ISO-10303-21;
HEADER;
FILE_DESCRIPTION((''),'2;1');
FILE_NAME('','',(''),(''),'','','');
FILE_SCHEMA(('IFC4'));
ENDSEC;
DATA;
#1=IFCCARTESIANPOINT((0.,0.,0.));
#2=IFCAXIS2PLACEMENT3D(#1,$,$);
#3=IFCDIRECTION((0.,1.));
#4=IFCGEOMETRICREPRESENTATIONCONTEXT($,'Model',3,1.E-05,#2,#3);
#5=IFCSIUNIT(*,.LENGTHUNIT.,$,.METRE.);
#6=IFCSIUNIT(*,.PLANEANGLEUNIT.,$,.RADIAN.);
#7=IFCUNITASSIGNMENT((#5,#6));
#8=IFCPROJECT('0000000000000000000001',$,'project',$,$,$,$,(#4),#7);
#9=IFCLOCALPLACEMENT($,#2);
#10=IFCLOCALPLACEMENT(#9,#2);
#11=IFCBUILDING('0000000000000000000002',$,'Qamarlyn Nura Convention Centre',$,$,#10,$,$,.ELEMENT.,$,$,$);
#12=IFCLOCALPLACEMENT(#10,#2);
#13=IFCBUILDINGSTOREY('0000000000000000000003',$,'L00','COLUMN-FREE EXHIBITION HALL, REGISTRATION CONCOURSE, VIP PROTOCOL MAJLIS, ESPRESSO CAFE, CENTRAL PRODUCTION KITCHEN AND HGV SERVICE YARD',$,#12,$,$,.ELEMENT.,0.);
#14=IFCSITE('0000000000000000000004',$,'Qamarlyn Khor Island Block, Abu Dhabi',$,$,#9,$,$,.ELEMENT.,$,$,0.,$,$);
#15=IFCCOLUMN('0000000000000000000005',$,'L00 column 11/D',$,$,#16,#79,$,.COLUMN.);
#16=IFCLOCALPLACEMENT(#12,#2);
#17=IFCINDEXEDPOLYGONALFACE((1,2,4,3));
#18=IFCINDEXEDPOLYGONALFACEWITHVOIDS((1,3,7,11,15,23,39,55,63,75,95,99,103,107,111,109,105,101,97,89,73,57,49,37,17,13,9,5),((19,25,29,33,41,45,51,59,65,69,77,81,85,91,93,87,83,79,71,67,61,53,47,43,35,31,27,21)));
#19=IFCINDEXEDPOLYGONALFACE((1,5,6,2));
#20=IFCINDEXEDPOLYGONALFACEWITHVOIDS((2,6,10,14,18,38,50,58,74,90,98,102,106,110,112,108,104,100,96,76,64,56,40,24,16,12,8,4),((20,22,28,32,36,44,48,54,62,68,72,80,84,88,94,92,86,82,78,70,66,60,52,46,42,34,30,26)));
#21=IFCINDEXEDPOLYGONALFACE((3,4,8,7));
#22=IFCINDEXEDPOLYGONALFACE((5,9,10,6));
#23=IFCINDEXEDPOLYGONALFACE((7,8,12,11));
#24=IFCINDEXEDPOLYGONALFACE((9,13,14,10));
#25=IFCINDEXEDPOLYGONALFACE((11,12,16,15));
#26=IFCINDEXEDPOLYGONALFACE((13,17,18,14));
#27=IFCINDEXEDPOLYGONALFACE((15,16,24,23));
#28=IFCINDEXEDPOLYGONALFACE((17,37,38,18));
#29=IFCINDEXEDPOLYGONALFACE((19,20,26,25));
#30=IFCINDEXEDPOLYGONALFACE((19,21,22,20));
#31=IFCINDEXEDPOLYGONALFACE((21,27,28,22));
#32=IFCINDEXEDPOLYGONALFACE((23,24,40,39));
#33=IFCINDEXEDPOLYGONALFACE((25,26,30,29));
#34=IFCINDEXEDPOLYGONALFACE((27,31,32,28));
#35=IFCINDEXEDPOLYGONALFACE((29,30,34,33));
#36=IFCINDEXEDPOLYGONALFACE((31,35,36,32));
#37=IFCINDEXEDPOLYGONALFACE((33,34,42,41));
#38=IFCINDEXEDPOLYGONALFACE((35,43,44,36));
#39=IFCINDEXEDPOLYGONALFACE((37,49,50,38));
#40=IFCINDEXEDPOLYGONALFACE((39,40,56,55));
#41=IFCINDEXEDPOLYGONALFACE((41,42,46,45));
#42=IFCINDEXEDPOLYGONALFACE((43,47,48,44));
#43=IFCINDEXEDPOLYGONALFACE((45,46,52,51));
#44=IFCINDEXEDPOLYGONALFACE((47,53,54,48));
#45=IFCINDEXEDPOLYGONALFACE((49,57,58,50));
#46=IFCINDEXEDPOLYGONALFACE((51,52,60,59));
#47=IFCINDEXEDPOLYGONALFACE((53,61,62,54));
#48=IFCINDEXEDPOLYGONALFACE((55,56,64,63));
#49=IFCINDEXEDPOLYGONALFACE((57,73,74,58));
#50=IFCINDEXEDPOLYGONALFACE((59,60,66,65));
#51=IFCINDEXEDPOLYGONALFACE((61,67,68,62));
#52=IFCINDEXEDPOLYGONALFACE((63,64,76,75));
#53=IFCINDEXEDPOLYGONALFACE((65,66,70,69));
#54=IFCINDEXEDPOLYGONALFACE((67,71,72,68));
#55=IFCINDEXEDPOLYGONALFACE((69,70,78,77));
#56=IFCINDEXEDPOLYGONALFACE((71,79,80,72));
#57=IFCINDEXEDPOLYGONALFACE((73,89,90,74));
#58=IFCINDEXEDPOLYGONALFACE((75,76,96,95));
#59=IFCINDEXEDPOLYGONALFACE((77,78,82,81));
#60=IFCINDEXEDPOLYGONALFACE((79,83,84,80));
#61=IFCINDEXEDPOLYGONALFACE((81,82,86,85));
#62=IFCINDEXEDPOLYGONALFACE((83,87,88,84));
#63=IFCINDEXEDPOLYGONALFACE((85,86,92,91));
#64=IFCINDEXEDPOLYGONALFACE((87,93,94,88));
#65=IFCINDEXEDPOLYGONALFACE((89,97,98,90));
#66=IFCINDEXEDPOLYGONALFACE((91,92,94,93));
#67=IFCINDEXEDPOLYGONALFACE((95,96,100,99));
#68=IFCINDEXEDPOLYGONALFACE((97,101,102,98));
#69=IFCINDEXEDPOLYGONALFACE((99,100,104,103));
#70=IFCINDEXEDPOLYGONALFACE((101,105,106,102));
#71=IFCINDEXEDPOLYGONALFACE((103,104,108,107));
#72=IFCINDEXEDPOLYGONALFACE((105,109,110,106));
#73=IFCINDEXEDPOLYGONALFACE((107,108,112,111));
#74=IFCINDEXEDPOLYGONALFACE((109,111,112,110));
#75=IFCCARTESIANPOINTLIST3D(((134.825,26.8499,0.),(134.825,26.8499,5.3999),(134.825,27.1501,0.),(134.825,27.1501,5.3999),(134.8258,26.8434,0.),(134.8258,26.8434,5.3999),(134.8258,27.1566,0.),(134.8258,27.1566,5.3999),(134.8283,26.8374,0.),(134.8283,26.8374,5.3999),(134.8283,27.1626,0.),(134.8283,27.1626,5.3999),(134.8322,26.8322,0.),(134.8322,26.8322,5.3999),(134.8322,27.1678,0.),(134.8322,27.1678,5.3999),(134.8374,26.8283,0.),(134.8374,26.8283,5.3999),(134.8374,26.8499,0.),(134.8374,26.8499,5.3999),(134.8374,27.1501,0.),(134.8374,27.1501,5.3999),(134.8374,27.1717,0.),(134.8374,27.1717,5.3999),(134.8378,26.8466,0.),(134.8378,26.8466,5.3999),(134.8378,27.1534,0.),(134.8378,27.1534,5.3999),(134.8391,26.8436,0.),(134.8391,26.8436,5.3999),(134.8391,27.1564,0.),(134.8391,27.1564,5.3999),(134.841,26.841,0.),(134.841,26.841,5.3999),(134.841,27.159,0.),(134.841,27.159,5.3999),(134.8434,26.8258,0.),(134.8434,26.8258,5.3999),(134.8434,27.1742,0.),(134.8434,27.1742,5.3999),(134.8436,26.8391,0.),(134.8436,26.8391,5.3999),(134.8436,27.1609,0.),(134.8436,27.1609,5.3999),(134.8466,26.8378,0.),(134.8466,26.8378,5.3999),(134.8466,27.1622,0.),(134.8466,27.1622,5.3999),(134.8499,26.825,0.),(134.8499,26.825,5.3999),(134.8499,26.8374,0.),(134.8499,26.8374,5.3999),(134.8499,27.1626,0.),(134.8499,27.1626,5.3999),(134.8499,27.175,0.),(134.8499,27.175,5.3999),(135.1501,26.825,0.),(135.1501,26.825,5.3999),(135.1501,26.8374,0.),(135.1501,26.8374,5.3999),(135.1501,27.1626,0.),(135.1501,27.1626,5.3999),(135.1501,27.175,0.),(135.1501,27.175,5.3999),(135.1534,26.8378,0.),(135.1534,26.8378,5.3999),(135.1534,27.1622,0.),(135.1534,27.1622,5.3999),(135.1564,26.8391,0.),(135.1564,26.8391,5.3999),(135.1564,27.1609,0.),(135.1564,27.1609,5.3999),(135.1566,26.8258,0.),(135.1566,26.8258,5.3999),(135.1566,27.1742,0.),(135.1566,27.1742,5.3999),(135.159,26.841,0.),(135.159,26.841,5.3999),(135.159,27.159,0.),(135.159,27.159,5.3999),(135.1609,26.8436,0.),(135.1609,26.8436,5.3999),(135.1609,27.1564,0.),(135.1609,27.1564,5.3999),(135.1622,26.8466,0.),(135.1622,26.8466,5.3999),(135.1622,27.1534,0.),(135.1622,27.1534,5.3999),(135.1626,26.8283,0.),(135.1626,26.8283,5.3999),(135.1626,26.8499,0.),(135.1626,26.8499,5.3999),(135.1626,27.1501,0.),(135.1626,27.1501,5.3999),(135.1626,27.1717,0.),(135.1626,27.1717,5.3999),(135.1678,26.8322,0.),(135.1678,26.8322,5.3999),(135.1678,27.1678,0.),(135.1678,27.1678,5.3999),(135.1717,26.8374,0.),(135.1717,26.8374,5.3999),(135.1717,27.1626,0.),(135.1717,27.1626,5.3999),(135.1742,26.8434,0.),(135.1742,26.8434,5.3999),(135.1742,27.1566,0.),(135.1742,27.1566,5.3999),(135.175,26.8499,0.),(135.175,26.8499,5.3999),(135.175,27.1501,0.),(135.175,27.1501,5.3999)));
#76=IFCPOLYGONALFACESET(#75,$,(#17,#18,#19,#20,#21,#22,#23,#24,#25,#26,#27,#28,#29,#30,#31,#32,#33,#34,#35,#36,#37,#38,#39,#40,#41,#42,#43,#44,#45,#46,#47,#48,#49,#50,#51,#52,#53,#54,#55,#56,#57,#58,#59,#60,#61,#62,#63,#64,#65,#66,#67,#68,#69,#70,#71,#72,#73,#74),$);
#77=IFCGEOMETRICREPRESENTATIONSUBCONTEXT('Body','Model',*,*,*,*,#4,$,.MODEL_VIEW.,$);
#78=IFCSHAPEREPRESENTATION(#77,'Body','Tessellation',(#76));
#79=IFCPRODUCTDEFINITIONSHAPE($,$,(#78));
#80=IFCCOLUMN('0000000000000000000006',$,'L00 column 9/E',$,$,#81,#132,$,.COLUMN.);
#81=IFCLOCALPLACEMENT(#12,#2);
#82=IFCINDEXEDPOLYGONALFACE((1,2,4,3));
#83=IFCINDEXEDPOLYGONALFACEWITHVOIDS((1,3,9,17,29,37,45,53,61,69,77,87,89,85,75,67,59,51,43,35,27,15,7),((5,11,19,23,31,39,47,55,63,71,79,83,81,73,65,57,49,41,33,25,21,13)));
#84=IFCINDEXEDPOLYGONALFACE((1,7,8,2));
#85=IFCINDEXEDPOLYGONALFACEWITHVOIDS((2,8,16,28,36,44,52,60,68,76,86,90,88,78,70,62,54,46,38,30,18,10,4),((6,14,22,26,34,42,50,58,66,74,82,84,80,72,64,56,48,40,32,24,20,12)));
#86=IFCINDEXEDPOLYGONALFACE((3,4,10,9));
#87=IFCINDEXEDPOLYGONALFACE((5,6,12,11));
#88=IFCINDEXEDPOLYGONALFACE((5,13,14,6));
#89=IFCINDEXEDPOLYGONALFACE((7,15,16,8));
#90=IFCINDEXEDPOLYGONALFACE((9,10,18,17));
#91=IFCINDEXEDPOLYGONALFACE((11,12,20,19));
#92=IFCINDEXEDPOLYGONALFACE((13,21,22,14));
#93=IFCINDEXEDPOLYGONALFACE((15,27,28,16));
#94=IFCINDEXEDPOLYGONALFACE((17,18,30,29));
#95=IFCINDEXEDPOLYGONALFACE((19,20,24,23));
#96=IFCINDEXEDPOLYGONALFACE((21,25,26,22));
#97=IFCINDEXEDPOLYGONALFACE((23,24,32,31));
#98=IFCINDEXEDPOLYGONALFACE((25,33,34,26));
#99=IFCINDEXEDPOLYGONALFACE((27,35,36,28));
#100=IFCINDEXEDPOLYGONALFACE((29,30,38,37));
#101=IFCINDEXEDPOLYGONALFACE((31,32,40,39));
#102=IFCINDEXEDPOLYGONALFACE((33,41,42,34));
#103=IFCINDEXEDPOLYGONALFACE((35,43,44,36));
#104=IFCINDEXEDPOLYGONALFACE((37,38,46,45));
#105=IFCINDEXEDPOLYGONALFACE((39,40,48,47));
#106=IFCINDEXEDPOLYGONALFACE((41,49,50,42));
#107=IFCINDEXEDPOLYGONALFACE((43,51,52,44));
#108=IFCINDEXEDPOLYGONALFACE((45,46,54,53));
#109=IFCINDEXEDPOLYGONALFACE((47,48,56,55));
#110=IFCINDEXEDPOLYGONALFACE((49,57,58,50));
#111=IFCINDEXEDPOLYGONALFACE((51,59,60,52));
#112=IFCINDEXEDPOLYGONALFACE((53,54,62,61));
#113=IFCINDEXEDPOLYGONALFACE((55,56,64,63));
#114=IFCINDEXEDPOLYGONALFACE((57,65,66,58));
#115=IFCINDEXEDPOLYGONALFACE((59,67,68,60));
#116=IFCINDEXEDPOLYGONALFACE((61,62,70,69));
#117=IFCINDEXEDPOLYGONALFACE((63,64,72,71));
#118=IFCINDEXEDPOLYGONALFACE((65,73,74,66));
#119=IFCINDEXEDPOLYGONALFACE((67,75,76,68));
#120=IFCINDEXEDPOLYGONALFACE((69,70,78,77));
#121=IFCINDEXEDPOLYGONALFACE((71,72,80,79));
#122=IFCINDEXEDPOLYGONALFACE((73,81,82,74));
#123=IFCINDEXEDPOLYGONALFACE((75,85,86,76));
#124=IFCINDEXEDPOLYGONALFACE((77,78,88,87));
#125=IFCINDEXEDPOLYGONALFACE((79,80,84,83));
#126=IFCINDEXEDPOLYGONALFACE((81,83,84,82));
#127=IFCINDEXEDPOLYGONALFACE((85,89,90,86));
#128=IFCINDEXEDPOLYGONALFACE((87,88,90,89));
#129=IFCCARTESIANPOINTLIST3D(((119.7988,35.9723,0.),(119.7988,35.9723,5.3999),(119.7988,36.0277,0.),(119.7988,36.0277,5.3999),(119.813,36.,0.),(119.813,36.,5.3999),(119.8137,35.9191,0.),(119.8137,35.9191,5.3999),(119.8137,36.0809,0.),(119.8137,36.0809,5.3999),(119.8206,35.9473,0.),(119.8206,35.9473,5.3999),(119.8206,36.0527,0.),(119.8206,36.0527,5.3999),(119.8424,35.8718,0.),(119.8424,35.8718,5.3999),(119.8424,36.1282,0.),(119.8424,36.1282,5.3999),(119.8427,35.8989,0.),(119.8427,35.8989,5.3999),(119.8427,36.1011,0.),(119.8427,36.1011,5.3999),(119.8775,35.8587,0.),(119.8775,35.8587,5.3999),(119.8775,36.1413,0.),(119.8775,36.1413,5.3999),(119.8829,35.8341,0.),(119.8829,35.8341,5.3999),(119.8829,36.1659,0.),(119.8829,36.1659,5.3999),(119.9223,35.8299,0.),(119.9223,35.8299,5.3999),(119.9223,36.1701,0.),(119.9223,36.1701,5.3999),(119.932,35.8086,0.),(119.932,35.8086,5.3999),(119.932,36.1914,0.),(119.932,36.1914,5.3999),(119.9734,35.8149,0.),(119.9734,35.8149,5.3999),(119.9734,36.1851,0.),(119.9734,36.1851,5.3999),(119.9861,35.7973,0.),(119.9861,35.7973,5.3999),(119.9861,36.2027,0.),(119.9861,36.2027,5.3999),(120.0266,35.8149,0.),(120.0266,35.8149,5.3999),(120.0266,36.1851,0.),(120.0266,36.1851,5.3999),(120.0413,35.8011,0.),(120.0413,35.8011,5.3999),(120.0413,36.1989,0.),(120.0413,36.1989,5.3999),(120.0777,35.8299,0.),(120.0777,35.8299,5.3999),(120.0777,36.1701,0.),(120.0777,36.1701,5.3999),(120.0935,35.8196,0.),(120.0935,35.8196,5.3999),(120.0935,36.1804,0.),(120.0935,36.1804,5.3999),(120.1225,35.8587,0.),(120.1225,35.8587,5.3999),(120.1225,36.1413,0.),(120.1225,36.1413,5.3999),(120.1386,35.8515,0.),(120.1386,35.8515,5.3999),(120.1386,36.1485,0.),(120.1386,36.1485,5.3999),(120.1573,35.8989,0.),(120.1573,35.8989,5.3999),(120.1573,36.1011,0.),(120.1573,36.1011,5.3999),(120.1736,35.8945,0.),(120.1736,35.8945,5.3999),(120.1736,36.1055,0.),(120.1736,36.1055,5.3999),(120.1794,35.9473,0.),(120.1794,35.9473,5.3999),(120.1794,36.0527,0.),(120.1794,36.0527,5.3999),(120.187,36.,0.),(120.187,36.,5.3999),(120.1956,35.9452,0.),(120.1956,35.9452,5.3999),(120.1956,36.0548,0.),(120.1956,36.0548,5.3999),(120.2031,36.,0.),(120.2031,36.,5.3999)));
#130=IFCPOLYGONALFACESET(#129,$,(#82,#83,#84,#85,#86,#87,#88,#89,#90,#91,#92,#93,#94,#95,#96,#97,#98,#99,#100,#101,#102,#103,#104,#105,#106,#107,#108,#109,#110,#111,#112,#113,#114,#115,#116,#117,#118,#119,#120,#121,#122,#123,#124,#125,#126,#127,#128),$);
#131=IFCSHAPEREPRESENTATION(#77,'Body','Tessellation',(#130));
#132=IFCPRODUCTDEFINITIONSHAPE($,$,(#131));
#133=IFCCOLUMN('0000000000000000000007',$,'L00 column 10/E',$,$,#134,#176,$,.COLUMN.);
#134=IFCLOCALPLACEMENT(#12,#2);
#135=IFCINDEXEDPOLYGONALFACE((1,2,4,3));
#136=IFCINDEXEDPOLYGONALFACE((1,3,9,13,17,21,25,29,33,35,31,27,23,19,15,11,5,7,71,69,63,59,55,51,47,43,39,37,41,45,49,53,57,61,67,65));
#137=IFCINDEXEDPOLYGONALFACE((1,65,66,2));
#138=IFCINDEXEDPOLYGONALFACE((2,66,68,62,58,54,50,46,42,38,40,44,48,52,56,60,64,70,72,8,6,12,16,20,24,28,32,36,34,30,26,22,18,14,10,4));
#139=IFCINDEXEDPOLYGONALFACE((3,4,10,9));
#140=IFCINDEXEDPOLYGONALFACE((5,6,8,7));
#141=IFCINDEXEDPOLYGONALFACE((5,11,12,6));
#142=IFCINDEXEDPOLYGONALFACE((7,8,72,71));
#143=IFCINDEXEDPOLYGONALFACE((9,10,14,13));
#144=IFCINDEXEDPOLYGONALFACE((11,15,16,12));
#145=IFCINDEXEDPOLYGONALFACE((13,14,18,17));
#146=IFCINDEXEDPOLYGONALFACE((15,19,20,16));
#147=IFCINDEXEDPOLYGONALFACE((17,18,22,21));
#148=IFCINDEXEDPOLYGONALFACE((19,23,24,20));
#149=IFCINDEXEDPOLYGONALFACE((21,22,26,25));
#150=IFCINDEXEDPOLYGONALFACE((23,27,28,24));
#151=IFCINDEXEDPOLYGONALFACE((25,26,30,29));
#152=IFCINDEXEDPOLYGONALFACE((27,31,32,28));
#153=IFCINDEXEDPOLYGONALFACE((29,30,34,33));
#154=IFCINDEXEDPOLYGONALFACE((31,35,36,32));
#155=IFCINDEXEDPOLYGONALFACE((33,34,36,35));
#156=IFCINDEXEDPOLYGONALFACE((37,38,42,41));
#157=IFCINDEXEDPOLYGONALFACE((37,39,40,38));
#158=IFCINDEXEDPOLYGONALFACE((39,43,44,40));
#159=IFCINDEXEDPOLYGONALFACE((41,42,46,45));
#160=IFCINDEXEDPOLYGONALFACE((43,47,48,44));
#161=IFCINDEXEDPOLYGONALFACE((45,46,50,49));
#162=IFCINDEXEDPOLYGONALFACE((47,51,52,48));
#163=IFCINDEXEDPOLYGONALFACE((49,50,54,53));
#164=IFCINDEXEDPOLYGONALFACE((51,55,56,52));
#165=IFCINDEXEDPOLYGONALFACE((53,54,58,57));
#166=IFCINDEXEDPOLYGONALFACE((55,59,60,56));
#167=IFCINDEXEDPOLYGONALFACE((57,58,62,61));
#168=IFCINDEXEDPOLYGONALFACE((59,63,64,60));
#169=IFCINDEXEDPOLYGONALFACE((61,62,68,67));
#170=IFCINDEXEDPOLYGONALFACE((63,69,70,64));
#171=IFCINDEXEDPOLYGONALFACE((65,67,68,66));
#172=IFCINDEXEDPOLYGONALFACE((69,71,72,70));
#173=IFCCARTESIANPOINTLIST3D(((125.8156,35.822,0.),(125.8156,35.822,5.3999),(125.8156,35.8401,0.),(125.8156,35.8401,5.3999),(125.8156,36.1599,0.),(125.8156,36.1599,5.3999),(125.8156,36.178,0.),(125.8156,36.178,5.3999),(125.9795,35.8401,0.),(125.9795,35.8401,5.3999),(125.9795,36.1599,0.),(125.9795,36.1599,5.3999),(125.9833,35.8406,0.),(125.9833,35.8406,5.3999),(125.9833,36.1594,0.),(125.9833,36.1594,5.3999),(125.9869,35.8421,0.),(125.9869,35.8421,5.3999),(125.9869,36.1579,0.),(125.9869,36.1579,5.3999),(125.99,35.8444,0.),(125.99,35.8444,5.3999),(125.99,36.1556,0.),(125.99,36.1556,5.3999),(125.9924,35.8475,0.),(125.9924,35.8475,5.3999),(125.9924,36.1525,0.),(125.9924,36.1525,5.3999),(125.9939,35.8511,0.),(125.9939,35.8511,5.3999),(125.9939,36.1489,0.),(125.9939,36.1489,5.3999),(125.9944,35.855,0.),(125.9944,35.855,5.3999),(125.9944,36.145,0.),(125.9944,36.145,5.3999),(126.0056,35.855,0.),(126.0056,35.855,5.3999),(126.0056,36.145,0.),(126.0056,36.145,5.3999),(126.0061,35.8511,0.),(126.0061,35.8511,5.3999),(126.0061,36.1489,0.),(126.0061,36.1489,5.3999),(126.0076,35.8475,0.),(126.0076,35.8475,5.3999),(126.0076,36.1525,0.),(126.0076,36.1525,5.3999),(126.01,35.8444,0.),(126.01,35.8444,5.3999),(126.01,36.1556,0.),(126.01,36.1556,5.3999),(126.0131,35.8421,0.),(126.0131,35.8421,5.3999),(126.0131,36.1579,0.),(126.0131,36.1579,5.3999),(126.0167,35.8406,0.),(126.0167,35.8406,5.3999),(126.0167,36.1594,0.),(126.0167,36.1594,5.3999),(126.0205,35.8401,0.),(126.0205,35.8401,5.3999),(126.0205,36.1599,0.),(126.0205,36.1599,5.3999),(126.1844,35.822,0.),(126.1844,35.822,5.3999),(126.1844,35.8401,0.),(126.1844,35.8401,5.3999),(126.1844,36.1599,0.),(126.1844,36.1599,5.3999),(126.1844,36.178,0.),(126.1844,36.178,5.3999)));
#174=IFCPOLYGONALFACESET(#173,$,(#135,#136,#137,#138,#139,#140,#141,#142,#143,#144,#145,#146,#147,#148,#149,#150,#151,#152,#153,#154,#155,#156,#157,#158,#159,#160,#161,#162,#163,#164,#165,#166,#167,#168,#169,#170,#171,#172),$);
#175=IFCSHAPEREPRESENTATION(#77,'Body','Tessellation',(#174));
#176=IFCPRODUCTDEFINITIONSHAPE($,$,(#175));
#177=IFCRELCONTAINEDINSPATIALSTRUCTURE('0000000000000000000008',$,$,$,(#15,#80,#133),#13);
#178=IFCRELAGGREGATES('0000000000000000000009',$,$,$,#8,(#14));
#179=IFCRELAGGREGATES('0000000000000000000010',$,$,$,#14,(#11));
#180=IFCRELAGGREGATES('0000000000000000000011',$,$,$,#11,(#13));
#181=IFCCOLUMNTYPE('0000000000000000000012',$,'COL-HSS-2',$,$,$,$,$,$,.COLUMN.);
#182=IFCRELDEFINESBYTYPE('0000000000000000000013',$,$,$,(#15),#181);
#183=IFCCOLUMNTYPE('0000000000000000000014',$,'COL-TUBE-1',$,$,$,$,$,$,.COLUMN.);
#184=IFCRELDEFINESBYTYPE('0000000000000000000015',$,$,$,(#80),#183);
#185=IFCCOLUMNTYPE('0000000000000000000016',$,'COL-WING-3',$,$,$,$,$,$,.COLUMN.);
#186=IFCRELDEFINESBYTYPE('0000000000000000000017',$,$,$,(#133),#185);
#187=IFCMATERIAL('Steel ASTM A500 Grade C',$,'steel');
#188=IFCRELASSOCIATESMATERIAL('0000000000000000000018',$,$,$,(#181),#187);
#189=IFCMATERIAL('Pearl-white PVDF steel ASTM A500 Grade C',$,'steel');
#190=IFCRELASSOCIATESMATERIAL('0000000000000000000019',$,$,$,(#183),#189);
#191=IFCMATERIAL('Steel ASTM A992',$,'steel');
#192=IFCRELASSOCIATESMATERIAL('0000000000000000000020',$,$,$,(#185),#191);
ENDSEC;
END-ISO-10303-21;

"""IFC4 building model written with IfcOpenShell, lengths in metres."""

from ifc_helpers import new_model, si_unit, direction, frame, origin, origin_2d, place, context, subcontext, project, spatial, hollow_rectangle, hollow_circle, i_section, extrude, material, material_profile, profile_set, type_object, element, save


model = new_model("IFC4")

# Units and contexts
model_context = context("Model", 3, precision=1e-05, world=origin(), true_north=direction((0.0, 1.0)))
body_context = subcontext(model_context, "Body", "Model", "MODEL_VIEW")
ifc_project = project(units=[si_unit("LENGTHUNIT", "METRE"), si_unit("PLANEANGLEUNIT", "RADIAN")], contexts=[model_context])

# Site, building, storey
site_placement = place(None, origin())
site = spatial("IfcSite", under=ifc_project, at=site_placement, Name="Qamarlyn Khor Island Block, Abu Dhabi", CompositionType="ELEMENT", RefElevation=0.0)
building_placement = place(site_placement, origin())
building = spatial("IfcBuilding", under=site, at=building_placement, Name="Qamarlyn Nura Convention Centre", CompositionType="ELEMENT")
storey_placement = place(building_placement, origin())
storey = spatial("IfcBuildingStorey", under=building, at=storey_placement, Name="L00", Description="COLUMN-FREE EXHIBITION HALL, REGISTRATION CONCOURSE, VIP PROTOCOL MAJLIS, ESPRESSO CAFE, CENTRAL PRODUCTION KITCHEN AND HGV SERVICE YARD", CompositionType="ELEMENT", Elevation=0.0)

# Columns
ifc_material_1 = material(Name="Steel ASTM A500 Grade C", Category="steel")
ifc_material_profile_1 = material_profile(ifc_material_1, hollow_rectangle(XDim=0.3501, YDim=0.3501, WallThickness=0.0125, InnerFilletRadius=0.0125, OuterFilletRadius=0.0249, at=origin_2d()), Name="HSS350X350X12.5")
ifc_profile_set_1 = profile_set([ifc_material_profile_1], Name="Steel ASTM A500 Grade C")
column_type_1 = type_object("IfcColumnType", Name="COL-HSS-2", PredefinedType="COLUMN", material=ifc_profile_set_1)
column_1_placement = place(storey_placement, frame((135.0, 27.0, 0.0), z_axis=(0.0, 0.0, 1.0), x_axis=(1.0, 0.0, 0.0)))
element("IfcColumn", 1, at=column_1_placement, inside=storey, type_object=column_type_1, Name="L00 column 11/D", PredefinedType="COLUMN", context=body_context, shape_type="SweptSolid", body=[
    extrude(hollow_rectangle(XDim=0.3501, YDim=0.3501, WallThickness=0.0125, InnerFilletRadius=0.0125, OuterFilletRadius=0.0249, at=origin_2d()), origin(), (0.0, 0.0, 1.0), 5.3999),
])
ifc_material_2 = material(Name="Pearl-white PVDF steel ASTM A500 Grade C", Category="steel")
ifc_material_profile_2 = material_profile(ifc_material_2, hollow_circle(Radius=0.2031, WallThickness=0.0161, at=origin_2d()), Name="CHS406.4X16")
ifc_profile_set_2 = profile_set([ifc_material_profile_2], Name="Pearl-white PVDF steel ASTM A500 Grade C")
column_type_2 = type_object("IfcColumnType", Name="COL-TUBE-1", PredefinedType="COLUMN", material=ifc_profile_set_2)
column_2_placement = place(storey_placement, frame((120.0, 36.0, 0.0), z_axis=(0.0, 0.0, 1.0), x_axis=(1.0, 0.0, 0.0)))
element("IfcColumn", 2, at=column_2_placement, inside=storey, type_object=column_type_2, Name="L00 column 9/E", PredefinedType="COLUMN", context=body_context, shape_type="SweptSolid", body=[
    extrude(hollow_circle(Radius=0.2031, WallThickness=0.0161, at=origin_2d()), origin(), (0.0, 0.0, 1.0), 5.3999),
])
ifc_material_3 = material(Name="Steel ASTM A992", Category="steel")
ifc_material_profile_3 = material_profile(ifc_material_3, i_section(OverallWidth=0.3689, OverallDepth=0.356, WebThickness=0.0112, FlangeThickness=0.0181, FilletRadius=0.0149, at=origin_2d()), Name="W360X134")
ifc_profile_set_3 = profile_set([ifc_material_profile_3], Name="Steel ASTM A992")
column_type_3 = type_object("IfcColumnType", Name="COL-WING-3", PredefinedType="COLUMN", material=ifc_profile_set_3)
column_3_placement = place(storey_placement, frame((126.0, 36.0, 0.0), z_axis=(0.0, 0.0, 1.0), x_axis=(1.0, 0.0, 0.0)))
element("IfcColumn", 3, at=column_3_placement, inside=storey, type_object=column_type_3, Name="L00 column 10/E", PredefinedType="COLUMN", context=body_context, shape_type="SweptSolid", body=[
    extrude(i_section(OverallWidth=0.3689, OverallDepth=0.356, WebThickness=0.0112, FlangeThickness=0.0181, FilletRadius=0.0149, at=origin_2d()), origin(), (0.0, 0.0, 1.0), 5.3999),
])

save(model, "model.ifc")
